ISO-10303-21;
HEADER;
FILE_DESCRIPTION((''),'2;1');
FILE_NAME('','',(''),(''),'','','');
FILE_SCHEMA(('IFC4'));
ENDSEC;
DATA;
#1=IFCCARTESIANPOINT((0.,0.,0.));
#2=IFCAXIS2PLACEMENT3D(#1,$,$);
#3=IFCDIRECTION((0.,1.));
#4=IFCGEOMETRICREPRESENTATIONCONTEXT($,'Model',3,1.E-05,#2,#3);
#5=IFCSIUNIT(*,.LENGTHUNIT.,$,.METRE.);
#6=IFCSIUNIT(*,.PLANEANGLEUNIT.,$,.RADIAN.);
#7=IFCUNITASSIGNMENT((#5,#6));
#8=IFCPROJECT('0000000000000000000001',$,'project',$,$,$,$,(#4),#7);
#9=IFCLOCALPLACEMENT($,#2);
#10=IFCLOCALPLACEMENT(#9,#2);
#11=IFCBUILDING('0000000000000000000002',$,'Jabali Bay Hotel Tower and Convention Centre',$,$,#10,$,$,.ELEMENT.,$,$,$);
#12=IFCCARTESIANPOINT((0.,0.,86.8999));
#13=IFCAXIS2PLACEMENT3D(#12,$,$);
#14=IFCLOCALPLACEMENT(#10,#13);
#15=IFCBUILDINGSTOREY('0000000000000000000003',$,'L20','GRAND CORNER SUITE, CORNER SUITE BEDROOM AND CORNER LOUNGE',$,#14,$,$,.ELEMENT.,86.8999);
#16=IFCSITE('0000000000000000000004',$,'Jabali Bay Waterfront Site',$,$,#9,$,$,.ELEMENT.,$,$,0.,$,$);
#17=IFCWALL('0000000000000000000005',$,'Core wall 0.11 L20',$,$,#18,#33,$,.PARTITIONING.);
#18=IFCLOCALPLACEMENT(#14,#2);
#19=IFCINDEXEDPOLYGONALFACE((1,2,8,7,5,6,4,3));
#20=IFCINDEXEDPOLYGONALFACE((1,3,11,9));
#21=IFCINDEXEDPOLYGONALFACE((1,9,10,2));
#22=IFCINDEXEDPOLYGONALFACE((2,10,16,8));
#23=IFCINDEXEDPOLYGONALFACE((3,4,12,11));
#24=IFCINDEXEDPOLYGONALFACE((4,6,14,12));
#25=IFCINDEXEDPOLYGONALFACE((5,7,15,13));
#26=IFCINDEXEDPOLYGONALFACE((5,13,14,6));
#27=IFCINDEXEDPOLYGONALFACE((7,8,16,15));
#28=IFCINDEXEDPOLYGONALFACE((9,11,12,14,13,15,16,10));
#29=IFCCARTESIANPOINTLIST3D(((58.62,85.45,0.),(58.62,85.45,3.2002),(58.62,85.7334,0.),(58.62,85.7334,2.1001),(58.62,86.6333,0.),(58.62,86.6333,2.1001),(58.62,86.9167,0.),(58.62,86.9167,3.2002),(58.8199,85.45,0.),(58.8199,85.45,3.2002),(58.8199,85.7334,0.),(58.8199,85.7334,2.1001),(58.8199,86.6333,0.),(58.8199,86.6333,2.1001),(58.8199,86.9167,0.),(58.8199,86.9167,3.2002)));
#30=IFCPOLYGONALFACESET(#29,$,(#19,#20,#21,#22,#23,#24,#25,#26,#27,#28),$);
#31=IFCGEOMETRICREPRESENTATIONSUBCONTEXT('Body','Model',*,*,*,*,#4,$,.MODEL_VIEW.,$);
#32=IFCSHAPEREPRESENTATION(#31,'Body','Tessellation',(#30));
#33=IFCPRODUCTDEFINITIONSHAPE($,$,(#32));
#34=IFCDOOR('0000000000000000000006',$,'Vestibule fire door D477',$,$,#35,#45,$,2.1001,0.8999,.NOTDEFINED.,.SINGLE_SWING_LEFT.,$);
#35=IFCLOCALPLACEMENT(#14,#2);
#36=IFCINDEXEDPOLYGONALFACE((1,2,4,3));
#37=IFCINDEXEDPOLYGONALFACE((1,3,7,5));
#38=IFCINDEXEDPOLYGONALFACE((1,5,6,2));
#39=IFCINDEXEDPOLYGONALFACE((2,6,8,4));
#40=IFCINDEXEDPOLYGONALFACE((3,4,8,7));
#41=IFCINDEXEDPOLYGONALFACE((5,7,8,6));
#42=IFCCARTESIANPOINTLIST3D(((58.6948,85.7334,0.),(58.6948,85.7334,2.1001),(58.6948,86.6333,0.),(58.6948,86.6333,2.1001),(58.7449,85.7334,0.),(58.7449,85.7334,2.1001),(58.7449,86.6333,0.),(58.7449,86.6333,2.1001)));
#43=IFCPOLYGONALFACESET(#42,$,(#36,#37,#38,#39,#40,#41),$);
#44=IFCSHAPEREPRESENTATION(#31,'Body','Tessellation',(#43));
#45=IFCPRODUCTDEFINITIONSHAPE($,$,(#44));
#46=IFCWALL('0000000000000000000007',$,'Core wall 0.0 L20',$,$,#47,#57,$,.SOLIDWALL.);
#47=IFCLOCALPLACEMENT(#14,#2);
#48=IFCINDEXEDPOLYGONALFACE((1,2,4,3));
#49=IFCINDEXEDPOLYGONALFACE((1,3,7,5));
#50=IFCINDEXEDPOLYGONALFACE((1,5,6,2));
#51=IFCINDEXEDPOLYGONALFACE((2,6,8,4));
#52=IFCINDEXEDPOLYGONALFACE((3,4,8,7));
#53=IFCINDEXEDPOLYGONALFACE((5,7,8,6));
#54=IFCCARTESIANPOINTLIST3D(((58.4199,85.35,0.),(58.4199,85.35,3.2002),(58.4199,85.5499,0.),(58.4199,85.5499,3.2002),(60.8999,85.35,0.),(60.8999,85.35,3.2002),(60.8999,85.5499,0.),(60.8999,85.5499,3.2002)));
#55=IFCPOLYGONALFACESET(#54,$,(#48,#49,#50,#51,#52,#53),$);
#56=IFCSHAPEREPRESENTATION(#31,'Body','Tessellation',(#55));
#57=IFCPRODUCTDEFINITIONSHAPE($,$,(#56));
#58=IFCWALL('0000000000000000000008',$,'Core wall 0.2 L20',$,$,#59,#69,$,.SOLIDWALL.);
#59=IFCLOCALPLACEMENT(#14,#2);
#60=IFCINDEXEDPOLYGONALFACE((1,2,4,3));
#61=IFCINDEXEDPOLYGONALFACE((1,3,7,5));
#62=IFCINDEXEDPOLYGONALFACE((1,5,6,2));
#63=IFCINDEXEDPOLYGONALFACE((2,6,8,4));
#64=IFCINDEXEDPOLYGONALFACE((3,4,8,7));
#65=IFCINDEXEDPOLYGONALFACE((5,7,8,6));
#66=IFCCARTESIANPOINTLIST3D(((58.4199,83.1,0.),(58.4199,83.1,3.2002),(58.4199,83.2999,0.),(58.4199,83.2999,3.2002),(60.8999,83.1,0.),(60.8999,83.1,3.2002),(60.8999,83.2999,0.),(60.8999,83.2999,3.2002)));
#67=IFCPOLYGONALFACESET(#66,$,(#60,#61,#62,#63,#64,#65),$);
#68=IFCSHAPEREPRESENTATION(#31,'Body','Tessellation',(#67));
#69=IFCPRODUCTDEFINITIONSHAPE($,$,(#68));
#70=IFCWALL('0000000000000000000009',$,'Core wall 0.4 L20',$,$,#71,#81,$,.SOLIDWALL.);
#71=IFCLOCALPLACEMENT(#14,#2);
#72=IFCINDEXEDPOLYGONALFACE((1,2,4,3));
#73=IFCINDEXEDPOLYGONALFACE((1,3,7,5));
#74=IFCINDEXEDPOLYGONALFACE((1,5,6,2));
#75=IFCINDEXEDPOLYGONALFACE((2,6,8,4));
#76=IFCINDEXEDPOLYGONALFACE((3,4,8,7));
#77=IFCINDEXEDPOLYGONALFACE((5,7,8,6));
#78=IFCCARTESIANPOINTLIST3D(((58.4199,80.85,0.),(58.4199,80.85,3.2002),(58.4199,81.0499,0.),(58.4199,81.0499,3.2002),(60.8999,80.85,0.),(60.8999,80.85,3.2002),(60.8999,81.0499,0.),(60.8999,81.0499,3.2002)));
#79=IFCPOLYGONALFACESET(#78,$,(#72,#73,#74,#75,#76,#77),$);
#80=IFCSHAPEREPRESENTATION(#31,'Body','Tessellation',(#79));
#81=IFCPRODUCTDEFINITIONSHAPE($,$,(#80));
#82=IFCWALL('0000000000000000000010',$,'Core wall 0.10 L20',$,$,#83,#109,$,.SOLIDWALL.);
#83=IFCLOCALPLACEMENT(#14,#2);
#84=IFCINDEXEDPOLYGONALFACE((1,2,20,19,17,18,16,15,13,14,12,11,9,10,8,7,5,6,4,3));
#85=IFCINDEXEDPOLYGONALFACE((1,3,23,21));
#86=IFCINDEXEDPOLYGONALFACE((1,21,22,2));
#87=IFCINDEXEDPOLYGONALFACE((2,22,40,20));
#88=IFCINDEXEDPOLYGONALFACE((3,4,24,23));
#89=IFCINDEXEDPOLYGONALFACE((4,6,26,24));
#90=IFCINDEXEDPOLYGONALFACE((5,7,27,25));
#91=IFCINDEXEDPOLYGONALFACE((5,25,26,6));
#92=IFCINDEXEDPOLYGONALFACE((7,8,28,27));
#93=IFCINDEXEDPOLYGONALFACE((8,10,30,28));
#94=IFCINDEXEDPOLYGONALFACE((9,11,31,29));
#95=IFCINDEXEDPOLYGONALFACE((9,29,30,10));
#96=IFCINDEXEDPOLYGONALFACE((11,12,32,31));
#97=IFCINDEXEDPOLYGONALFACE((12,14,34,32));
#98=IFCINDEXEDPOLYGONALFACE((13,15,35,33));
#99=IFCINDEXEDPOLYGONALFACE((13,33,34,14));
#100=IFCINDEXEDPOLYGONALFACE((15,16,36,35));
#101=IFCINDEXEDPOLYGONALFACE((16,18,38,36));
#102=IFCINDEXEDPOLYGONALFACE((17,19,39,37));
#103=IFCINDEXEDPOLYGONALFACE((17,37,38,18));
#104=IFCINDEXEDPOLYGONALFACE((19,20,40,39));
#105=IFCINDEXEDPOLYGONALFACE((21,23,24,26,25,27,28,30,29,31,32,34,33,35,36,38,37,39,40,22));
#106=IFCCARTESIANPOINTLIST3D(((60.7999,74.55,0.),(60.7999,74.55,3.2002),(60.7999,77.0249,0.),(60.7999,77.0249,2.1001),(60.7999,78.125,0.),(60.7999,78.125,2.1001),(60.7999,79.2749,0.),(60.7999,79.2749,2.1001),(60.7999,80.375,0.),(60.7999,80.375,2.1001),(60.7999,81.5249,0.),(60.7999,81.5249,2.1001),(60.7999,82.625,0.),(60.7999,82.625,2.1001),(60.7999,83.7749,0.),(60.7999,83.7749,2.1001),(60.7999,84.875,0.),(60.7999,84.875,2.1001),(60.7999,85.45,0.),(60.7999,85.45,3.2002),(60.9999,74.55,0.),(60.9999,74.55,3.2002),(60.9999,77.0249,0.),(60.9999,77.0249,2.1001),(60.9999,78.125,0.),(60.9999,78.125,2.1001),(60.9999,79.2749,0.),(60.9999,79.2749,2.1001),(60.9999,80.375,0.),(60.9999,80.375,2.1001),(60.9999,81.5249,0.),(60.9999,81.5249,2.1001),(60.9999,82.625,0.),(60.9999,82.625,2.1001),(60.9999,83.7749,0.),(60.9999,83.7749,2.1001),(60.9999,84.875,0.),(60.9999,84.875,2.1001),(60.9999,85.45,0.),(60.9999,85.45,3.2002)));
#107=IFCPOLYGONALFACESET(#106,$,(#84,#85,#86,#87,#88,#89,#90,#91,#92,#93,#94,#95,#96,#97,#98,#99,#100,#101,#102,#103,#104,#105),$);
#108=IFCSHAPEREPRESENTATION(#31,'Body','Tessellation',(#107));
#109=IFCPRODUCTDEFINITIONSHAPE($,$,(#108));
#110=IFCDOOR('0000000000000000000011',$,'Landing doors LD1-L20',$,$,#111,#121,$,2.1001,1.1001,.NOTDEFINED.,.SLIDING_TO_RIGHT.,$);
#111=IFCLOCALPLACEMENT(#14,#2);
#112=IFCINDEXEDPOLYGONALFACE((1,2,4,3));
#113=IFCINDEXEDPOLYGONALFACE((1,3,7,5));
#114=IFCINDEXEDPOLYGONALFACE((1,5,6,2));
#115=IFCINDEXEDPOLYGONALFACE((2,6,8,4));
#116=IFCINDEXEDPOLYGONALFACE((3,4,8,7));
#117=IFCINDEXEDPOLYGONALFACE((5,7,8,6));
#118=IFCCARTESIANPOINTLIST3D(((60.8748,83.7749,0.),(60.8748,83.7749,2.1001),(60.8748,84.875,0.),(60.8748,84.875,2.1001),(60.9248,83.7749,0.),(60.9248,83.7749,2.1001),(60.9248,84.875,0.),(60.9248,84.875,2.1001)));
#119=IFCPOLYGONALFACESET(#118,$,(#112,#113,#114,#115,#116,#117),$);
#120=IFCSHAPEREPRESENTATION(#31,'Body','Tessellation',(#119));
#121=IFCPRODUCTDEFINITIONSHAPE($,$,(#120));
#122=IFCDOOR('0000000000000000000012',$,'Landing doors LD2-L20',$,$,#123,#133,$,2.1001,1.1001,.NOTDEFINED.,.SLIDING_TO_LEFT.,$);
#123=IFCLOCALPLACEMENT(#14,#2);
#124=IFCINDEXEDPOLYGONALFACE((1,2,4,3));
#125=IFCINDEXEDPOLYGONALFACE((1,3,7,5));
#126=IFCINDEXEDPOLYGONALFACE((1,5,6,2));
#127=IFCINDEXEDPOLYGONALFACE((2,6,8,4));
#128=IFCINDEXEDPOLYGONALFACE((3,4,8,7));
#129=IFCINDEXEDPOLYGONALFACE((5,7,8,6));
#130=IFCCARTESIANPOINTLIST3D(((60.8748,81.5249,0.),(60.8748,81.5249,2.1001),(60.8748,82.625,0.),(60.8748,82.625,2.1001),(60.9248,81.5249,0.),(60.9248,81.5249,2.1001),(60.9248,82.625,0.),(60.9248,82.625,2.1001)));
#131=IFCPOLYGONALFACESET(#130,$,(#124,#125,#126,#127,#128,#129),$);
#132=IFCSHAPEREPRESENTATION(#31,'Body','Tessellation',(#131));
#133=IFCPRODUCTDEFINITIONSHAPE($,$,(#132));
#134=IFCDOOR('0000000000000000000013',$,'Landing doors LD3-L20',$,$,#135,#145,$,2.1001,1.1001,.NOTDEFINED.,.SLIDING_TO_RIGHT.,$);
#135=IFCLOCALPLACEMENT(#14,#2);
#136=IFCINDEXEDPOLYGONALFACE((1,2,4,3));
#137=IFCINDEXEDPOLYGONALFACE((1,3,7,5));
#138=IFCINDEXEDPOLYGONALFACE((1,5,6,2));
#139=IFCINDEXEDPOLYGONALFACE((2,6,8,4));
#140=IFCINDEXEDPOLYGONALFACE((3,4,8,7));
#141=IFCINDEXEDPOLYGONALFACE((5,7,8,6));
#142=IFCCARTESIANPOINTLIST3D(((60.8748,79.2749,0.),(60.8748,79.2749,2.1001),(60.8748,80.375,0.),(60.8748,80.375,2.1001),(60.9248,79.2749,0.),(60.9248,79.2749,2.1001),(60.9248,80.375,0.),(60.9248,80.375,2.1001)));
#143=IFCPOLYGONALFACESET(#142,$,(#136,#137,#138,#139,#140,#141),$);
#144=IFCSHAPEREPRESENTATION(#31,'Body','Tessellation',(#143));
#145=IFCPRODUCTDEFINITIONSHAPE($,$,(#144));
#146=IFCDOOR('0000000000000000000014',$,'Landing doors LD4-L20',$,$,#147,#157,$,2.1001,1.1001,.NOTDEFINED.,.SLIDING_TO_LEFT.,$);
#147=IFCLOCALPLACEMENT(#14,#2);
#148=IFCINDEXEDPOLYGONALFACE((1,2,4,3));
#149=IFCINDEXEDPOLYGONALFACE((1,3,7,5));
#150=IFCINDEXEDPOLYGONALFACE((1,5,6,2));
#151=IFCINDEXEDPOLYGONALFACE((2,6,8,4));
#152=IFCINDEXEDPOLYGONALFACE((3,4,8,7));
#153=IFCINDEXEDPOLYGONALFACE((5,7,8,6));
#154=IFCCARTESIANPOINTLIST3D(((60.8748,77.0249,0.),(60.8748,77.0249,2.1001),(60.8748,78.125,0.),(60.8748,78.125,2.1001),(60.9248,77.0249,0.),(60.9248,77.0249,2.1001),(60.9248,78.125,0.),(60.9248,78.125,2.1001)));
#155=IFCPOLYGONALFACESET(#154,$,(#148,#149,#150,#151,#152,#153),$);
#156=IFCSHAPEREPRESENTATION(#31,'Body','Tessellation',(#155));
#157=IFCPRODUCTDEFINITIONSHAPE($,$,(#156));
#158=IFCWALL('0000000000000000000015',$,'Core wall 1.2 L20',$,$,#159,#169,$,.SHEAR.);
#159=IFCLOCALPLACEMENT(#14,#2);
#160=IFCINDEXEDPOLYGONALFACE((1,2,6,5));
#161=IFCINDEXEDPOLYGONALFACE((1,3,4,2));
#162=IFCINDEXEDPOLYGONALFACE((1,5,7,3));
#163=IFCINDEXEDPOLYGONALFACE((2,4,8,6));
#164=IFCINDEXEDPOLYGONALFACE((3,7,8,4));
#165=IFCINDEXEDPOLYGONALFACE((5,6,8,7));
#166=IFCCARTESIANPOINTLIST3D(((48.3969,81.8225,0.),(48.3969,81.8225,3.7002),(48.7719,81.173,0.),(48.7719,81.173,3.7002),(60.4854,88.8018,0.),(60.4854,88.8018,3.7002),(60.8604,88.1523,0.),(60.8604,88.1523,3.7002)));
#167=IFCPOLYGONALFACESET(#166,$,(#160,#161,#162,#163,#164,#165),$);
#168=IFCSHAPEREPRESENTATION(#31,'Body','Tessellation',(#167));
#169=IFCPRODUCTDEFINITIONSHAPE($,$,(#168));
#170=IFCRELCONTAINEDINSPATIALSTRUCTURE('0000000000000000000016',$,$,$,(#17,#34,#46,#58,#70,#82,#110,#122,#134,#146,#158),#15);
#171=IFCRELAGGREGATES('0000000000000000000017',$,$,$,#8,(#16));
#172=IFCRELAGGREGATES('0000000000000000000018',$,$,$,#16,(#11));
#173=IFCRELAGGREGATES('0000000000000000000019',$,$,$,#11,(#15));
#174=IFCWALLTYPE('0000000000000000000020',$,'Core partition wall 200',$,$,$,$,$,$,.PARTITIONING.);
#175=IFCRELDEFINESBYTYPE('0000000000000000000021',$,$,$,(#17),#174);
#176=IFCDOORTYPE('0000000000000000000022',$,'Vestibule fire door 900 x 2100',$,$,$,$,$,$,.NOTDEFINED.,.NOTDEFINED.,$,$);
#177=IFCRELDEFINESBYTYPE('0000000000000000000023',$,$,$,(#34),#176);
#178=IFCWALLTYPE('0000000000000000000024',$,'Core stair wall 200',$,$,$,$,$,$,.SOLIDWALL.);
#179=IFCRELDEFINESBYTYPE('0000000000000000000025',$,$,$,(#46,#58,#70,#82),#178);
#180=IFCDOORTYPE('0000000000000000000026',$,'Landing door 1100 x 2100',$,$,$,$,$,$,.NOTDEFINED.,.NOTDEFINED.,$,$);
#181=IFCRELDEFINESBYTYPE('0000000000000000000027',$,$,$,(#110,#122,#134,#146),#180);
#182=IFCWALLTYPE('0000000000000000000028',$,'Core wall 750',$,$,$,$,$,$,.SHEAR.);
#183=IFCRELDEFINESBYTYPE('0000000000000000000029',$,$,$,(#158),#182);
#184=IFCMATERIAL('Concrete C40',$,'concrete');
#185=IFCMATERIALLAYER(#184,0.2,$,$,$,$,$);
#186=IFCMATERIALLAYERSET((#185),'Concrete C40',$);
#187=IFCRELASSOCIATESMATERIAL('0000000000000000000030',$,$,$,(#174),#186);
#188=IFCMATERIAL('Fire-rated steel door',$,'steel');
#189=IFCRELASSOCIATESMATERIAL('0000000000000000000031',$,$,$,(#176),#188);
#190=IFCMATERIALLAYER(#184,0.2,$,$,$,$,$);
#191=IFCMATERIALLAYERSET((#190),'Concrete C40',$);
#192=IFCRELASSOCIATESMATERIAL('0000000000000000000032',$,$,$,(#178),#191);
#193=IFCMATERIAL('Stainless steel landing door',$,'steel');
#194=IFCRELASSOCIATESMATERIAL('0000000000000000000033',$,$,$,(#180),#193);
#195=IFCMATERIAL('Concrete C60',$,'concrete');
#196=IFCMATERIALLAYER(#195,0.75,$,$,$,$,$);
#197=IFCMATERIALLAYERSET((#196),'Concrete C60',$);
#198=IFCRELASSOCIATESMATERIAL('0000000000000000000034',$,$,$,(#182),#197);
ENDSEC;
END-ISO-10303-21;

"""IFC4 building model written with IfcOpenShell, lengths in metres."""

from ifc_helpers import new_model, si_unit, direction, frame, frame_2d, origin, place, context, subcontext, project, spatial, rectangle, extrude, material, layer, layer_set, type_object, element, fill, save


model = new_model("IFC4")

# Units and contexts
model_context = context("Model", 3, precision=1e-05, world=origin(), true_north=direction((0.0, 1.0)))
body_context = subcontext(model_context, "Body", "Model", "MODEL_VIEW")
ifc_project = project(units=[si_unit("LENGTHUNIT", "METRE"), si_unit("PLANEANGLEUNIT", "RADIAN")], contexts=[model_context])

# Site, building, storey
site_placement = place(None, origin())
site = spatial("IfcSite", under=ifc_project, at=site_placement, Name="Jabali Bay Waterfront Site", CompositionType="ELEMENT", RefElevation=0.0)
building_placement = place(site_placement, origin())
building = spatial("IfcBuilding", under=site, at=building_placement, Name="Jabali Bay Hotel Tower and Convention Centre", CompositionType="ELEMENT")
storey_placement = place(building_placement, frame((0.0, 0.0, 86.8999)))
storey = spatial("IfcBuildingStorey", under=building, at=storey_placement, Name="L20", Description="GRAND CORNER SUITE, CORNER SUITE BEDROOM AND CORNER LOUNGE", CompositionType="ELEMENT", Elevation=86.8999)

# Wall, opening, door
ifc_material_1 = material(Name="Concrete C40", Category="concrete")
ifc_layer_1 = layer(ifc_material_1, 0.2)
ifc_layer_set_1 = layer_set([ifc_layer_1], Name="Concrete C40")
wall_type_1 = type_object("IfcWallType", Name="Core partition wall 200", PredefinedType="PARTITIONING", material=ifc_layer_set_1)
wall_1_placement = place(storey_placement, frame((58.72, 86.9167, 0.0), z_axis=(0.0, 0.0, 1.0), x_axis=(0.0, -1.0, 0.0)))
wall_1 = element("IfcWall", 1, at=wall_1_placement, inside=storey, type_object=wall_type_1, Name="Core wall 0.11 L20", PredefinedType="PARTITIONING", context=body_context, shape_type="SweptSolid", body=[
    extrude(rectangle(XDim=1.4668, YDim=0.2, at=frame_2d((0.7334, 0.0))), origin(), (0.0, 0.0, 1.0), 3.2002),
])
opening_1_placement = place(wall_1_placement, frame((0.2834, 0.0, 0.0)))
opening_1 = element("IfcOpeningElement", 2, at=opening_1_placement, cuts=wall_1, PredefinedType="OPENING", context=body_context, shape_type="SweptSolid", body=[
    extrude(rectangle(XDim=0.8999, YDim=2.1001, at=frame_2d((0.45, 1.05))), frame((0.0, 0.1104, 0.0), z_axis=(0.0, -1.0, 0.0), x_axis=(1.0, 0.0, 0.0)), (0.0, 0.0, 1.0), 0.2209),
])
ifc_material_2 = material(Name="Fire-rated steel door", Category="steel")
door_type_1 = type_object("IfcDoorType", Name="Vestibule fire door 900 x 2100", OperationType="NOTDEFINED", PredefinedType="NOTDEFINED", material=ifc_material_2)
door_1_placement = place(opening_1_placement, origin())
door_1 = element("IfcDoor", 3, at=door_1_placement, inside=storey, type_object=door_type_1, Name="Vestibule fire door D477", OperationType="SINGLE_SWING_LEFT", OverallHeight=2.1001, OverallWidth=0.8999, PredefinedType="NOTDEFINED", context=body_context, shape_type="SweptSolid", body=[
    extrude(rectangle(XDim=0.8999, YDim=2.1001, at=frame_2d((0.45, 1.05))), frame((0.0, 0.0249, 0.0), z_axis=(0.0, -1.0, 0.0), x_axis=(1.0, 0.0, 0.0)), (0.0, 0.0, 1.0), 0.05),
])
fill(opening_1, door_1)

# Walls
ifc_layer_2 = layer(ifc_material_1, 0.2)
ifc_layer_set_2 = layer_set([ifc_layer_2], Name="Concrete C40")
wall_type_2 = type_object("IfcWallType", Name="Core stair wall 200", PredefinedType="SOLIDWALL", material=ifc_layer_set_2)
for number, where, z_axis, x_axis, name in (
    (4, (60.8999, 85.45, 0.0), (0.0, 0.0, 1.0), (-1.0, 0.0, 0.0), "Core wall 0.0 L20"),
    (5, (60.8999, 83.2, 0.0), (0.0, 0.0, 1.0), (-1.0, 0.0, 0.0), "Core wall 0.2 L20"),
    (6, (60.8999, 80.95, 0.0), (0.0, 0.0, 1.0), (-1.0, 0.0, 0.0), "Core wall 0.4 L20"),
):
    element("IfcWall", number, at=place(storey_placement, frame(where, z_axis=z_axis, x_axis=x_axis)), inside=storey, type_object=wall_type_2, Name=name, PredefinedType="SOLIDWALL", context=body_context, shape_type="SweptSolid", body=[
        extrude(rectangle(XDim=2.48, YDim=0.2, at=frame_2d((1.24, 0.0))), origin(), (0.0, 0.0, 1.0), 3.2002),
    ])

# Wall, openings, doors
wall_2_placement = place(storey_placement, frame((60.8999, 85.45, 0.0), z_axis=(0.0, 0.0, 1.0), x_axis=(0.0, -1.0, 0.0)))
wall_2 = element("IfcWall", 7, at=wall_2_placement, inside=storey, type_object=wall_type_2, Name="Core wall 0.10 L20", PredefinedType="SOLIDWALL", context=body_context, shape_type="SweptSolid", body=[
    extrude(rectangle(XDim=10.8999, YDim=0.2, at=frame_2d((5.45, 0.0))), origin(), (0.0, 0.0, 1.0), 3.2002),
])
opening_2_placement = place(wall_2_placement, frame((0.575, 0.0, 0.0)))
opening_2 = element("IfcOpeningElement", 8, at=opening_2_placement, cuts=wall_2, PredefinedType="OPENING", context=body_context, shape_type="SweptSolid", body=[
    extrude(rectangle(XDim=1.1001, YDim=2.1001, at=frame_2d((0.55, 1.05))), frame((0.0, 0.1104, 0.0), z_axis=(0.0, -1.0, 0.0), x_axis=(1.0, 0.0, 0.0)), (0.0, 0.0, 1.0), 0.2209),
])
opening_3_placement = place(wall_2_placement, frame((2.825, 0.0, 0.0)))
opening_3 = element("IfcOpeningElement", 9, at=opening_3_placement, cuts=wall_2, PredefinedType="OPENING", context=body_context, shape_type="SweptSolid", body=[
    extrude(rectangle(XDim=1.1001, YDim=2.1001, at=frame_2d((0.55, 1.05))), frame((0.0, 0.1104, 0.0), z_axis=(0.0, -1.0, 0.0), x_axis=(1.0, 0.0, 0.0)), (0.0, 0.0, 1.0), 0.2209),
])
opening_4_placement = place(wall_2_placement, frame((5.075, 0.0, 0.0)))
opening_4 = element("IfcOpeningElement", 10, at=opening_4_placement, cuts=wall_2, PredefinedType="OPENING", context=body_context, shape_type="SweptSolid", body=[
    extrude(rectangle(XDim=1.1001, YDim=2.1001, at=frame_2d((0.55, 1.05))), frame((0.0, 0.1104, 0.0), z_axis=(0.0, -1.0, 0.0), x_axis=(1.0, 0.0, 0.0)), (0.0, 0.0, 1.0), 0.2209),
])
opening_5_placement = place(wall_2_placement, frame((7.325, 0.0, 0.0)))
opening_5 = element("IfcOpeningElement", 11, at=opening_5_placement, cuts=wall_2, PredefinedType="OPENING", context=body_context, shape_type="SweptSolid", body=[
    extrude(rectangle(XDim=1.1001, YDim=2.1001, at=frame_2d((0.55, 1.05))), frame((0.0, 0.1104, 0.0), z_axis=(0.0, -1.0, 0.0), x_axis=(1.0, 0.0, 0.0)), (0.0, 0.0, 1.0), 0.2209),
])
ifc_material_3 = material(Name="Stainless steel landing door", Category="steel")
door_type_2 = type_object("IfcDoorType", Name="Landing door 1100 x 2100", OperationType="NOTDEFINED", PredefinedType="NOTDEFINED", material=ifc_material_3)
door_2_placement = place(opening_2_placement, origin())
door_2 = element("IfcDoor", 12, at=door_2_placement, inside=storey, type_object=door_type_2, Name="Landing doors LD1-L20", OperationType="SLIDING_TO_RIGHT", OverallHeight=2.1001, OverallWidth=1.1001, PredefinedType="NOTDEFINED", context=body_context, shape_type="SweptSolid", body=[
    extrude(rectangle(XDim=1.1001, YDim=2.1001, at=frame_2d((0.55, 1.05))), frame((0.0, 0.0249, 0.0), z_axis=(0.0, -1.0, 0.0), x_axis=(1.0, 0.0, 0.0)), (0.0, 0.0, 1.0), 0.05),
])
fill(opening_2, door_2)
door_3_placement = place(opening_3_placement, origin())
door_3 = element("IfcDoor", 13, at=door_3_placement, inside=storey, type_object=door_type_2, Name="Landing doors LD2-L20", OperationType="SLIDING_TO_LEFT", OverallHeight=2.1001, OverallWidth=1.1001, PredefinedType="NOTDEFINED", context=body_context, shape_type="SweptSolid", body=[
    extrude(rectangle(XDim=1.1001, YDim=2.1001, at=frame_2d((0.55, 1.05))), frame((0.0, 0.0249, 0.0), z_axis=(0.0, -1.0, 0.0), x_axis=(1.0, 0.0, 0.0)), (0.0, 0.0, 1.0), 0.05),
])
fill(opening_3, door_3)
door_4_placement = place(opening_4_placement, origin())
door_4 = element("IfcDoor", 14, at=door_4_placement, inside=storey, type_object=door_type_2, Name="Landing doors LD3-L20", OperationType="SLIDING_TO_RIGHT", OverallHeight=2.1001, OverallWidth=1.1001, PredefinedType="NOTDEFINED", context=body_context, shape_type="SweptSolid", body=[
    extrude(rectangle(XDim=1.1001, YDim=2.1001, at=frame_2d((0.55, 1.05))), frame((0.0, 0.0249, 0.0), z_axis=(0.0, -1.0, 0.0), x_axis=(1.0, 0.0, 0.0)), (0.0, 0.0, 1.0), 0.05),
])
fill(opening_4, door_4)
door_5_placement = place(opening_5_placement, origin())
door_5 = element("IfcDoor", 15, at=door_5_placement, inside=storey, type_object=door_type_2, Name="Landing doors LD4-L20", OperationType="SLIDING_TO_LEFT", OverallHeight=2.1001, OverallWidth=1.1001, PredefinedType="NOTDEFINED", context=body_context, shape_type="SweptSolid", body=[
    extrude(rectangle(XDim=1.1001, YDim=2.1001, at=frame_2d((0.55, 1.05))), frame((0.0, 0.0249, 0.0), z_axis=(0.0, -1.0, 0.0), x_axis=(1.0, 0.0, 0.0)), (0.0, 0.0, 1.0), 0.05),
])
fill(opening_5, door_5)

# Wall
ifc_material_4 = material(Name="Concrete C60", Category="concrete")
ifc_layer_3 = layer(ifc_material_4, 0.75)
ifc_layer_set_3 = layer_set([ifc_layer_3], Name="Concrete C60")
wall_type_3 = type_object("IfcWallType", Name="Core wall 750", PredefinedType="SHEAR", material=ifc_layer_set_3)
wall_3_placement = place(storey_placement, frame((60.6729, 88.4771, 0.0), z_axis=(0.0, 0.0, 1.0), x_axis=(-0.866025, -0.500001, 0.0)))
element("IfcWall", 16, at=wall_3_placement, inside=storey, type_object=wall_type_3, Name="Core wall 1.2 L20", PredefinedType="SHEAR", context=body_context, shape_type="SweptSolid", body=[
    extrude(rectangle(XDim=13.9585, YDim=0.75, at=frame_2d((6.9792, 0.0))), origin(), (0.0, 0.0, 1.0), 3.7002),
])

save(model, "model.ifc")
